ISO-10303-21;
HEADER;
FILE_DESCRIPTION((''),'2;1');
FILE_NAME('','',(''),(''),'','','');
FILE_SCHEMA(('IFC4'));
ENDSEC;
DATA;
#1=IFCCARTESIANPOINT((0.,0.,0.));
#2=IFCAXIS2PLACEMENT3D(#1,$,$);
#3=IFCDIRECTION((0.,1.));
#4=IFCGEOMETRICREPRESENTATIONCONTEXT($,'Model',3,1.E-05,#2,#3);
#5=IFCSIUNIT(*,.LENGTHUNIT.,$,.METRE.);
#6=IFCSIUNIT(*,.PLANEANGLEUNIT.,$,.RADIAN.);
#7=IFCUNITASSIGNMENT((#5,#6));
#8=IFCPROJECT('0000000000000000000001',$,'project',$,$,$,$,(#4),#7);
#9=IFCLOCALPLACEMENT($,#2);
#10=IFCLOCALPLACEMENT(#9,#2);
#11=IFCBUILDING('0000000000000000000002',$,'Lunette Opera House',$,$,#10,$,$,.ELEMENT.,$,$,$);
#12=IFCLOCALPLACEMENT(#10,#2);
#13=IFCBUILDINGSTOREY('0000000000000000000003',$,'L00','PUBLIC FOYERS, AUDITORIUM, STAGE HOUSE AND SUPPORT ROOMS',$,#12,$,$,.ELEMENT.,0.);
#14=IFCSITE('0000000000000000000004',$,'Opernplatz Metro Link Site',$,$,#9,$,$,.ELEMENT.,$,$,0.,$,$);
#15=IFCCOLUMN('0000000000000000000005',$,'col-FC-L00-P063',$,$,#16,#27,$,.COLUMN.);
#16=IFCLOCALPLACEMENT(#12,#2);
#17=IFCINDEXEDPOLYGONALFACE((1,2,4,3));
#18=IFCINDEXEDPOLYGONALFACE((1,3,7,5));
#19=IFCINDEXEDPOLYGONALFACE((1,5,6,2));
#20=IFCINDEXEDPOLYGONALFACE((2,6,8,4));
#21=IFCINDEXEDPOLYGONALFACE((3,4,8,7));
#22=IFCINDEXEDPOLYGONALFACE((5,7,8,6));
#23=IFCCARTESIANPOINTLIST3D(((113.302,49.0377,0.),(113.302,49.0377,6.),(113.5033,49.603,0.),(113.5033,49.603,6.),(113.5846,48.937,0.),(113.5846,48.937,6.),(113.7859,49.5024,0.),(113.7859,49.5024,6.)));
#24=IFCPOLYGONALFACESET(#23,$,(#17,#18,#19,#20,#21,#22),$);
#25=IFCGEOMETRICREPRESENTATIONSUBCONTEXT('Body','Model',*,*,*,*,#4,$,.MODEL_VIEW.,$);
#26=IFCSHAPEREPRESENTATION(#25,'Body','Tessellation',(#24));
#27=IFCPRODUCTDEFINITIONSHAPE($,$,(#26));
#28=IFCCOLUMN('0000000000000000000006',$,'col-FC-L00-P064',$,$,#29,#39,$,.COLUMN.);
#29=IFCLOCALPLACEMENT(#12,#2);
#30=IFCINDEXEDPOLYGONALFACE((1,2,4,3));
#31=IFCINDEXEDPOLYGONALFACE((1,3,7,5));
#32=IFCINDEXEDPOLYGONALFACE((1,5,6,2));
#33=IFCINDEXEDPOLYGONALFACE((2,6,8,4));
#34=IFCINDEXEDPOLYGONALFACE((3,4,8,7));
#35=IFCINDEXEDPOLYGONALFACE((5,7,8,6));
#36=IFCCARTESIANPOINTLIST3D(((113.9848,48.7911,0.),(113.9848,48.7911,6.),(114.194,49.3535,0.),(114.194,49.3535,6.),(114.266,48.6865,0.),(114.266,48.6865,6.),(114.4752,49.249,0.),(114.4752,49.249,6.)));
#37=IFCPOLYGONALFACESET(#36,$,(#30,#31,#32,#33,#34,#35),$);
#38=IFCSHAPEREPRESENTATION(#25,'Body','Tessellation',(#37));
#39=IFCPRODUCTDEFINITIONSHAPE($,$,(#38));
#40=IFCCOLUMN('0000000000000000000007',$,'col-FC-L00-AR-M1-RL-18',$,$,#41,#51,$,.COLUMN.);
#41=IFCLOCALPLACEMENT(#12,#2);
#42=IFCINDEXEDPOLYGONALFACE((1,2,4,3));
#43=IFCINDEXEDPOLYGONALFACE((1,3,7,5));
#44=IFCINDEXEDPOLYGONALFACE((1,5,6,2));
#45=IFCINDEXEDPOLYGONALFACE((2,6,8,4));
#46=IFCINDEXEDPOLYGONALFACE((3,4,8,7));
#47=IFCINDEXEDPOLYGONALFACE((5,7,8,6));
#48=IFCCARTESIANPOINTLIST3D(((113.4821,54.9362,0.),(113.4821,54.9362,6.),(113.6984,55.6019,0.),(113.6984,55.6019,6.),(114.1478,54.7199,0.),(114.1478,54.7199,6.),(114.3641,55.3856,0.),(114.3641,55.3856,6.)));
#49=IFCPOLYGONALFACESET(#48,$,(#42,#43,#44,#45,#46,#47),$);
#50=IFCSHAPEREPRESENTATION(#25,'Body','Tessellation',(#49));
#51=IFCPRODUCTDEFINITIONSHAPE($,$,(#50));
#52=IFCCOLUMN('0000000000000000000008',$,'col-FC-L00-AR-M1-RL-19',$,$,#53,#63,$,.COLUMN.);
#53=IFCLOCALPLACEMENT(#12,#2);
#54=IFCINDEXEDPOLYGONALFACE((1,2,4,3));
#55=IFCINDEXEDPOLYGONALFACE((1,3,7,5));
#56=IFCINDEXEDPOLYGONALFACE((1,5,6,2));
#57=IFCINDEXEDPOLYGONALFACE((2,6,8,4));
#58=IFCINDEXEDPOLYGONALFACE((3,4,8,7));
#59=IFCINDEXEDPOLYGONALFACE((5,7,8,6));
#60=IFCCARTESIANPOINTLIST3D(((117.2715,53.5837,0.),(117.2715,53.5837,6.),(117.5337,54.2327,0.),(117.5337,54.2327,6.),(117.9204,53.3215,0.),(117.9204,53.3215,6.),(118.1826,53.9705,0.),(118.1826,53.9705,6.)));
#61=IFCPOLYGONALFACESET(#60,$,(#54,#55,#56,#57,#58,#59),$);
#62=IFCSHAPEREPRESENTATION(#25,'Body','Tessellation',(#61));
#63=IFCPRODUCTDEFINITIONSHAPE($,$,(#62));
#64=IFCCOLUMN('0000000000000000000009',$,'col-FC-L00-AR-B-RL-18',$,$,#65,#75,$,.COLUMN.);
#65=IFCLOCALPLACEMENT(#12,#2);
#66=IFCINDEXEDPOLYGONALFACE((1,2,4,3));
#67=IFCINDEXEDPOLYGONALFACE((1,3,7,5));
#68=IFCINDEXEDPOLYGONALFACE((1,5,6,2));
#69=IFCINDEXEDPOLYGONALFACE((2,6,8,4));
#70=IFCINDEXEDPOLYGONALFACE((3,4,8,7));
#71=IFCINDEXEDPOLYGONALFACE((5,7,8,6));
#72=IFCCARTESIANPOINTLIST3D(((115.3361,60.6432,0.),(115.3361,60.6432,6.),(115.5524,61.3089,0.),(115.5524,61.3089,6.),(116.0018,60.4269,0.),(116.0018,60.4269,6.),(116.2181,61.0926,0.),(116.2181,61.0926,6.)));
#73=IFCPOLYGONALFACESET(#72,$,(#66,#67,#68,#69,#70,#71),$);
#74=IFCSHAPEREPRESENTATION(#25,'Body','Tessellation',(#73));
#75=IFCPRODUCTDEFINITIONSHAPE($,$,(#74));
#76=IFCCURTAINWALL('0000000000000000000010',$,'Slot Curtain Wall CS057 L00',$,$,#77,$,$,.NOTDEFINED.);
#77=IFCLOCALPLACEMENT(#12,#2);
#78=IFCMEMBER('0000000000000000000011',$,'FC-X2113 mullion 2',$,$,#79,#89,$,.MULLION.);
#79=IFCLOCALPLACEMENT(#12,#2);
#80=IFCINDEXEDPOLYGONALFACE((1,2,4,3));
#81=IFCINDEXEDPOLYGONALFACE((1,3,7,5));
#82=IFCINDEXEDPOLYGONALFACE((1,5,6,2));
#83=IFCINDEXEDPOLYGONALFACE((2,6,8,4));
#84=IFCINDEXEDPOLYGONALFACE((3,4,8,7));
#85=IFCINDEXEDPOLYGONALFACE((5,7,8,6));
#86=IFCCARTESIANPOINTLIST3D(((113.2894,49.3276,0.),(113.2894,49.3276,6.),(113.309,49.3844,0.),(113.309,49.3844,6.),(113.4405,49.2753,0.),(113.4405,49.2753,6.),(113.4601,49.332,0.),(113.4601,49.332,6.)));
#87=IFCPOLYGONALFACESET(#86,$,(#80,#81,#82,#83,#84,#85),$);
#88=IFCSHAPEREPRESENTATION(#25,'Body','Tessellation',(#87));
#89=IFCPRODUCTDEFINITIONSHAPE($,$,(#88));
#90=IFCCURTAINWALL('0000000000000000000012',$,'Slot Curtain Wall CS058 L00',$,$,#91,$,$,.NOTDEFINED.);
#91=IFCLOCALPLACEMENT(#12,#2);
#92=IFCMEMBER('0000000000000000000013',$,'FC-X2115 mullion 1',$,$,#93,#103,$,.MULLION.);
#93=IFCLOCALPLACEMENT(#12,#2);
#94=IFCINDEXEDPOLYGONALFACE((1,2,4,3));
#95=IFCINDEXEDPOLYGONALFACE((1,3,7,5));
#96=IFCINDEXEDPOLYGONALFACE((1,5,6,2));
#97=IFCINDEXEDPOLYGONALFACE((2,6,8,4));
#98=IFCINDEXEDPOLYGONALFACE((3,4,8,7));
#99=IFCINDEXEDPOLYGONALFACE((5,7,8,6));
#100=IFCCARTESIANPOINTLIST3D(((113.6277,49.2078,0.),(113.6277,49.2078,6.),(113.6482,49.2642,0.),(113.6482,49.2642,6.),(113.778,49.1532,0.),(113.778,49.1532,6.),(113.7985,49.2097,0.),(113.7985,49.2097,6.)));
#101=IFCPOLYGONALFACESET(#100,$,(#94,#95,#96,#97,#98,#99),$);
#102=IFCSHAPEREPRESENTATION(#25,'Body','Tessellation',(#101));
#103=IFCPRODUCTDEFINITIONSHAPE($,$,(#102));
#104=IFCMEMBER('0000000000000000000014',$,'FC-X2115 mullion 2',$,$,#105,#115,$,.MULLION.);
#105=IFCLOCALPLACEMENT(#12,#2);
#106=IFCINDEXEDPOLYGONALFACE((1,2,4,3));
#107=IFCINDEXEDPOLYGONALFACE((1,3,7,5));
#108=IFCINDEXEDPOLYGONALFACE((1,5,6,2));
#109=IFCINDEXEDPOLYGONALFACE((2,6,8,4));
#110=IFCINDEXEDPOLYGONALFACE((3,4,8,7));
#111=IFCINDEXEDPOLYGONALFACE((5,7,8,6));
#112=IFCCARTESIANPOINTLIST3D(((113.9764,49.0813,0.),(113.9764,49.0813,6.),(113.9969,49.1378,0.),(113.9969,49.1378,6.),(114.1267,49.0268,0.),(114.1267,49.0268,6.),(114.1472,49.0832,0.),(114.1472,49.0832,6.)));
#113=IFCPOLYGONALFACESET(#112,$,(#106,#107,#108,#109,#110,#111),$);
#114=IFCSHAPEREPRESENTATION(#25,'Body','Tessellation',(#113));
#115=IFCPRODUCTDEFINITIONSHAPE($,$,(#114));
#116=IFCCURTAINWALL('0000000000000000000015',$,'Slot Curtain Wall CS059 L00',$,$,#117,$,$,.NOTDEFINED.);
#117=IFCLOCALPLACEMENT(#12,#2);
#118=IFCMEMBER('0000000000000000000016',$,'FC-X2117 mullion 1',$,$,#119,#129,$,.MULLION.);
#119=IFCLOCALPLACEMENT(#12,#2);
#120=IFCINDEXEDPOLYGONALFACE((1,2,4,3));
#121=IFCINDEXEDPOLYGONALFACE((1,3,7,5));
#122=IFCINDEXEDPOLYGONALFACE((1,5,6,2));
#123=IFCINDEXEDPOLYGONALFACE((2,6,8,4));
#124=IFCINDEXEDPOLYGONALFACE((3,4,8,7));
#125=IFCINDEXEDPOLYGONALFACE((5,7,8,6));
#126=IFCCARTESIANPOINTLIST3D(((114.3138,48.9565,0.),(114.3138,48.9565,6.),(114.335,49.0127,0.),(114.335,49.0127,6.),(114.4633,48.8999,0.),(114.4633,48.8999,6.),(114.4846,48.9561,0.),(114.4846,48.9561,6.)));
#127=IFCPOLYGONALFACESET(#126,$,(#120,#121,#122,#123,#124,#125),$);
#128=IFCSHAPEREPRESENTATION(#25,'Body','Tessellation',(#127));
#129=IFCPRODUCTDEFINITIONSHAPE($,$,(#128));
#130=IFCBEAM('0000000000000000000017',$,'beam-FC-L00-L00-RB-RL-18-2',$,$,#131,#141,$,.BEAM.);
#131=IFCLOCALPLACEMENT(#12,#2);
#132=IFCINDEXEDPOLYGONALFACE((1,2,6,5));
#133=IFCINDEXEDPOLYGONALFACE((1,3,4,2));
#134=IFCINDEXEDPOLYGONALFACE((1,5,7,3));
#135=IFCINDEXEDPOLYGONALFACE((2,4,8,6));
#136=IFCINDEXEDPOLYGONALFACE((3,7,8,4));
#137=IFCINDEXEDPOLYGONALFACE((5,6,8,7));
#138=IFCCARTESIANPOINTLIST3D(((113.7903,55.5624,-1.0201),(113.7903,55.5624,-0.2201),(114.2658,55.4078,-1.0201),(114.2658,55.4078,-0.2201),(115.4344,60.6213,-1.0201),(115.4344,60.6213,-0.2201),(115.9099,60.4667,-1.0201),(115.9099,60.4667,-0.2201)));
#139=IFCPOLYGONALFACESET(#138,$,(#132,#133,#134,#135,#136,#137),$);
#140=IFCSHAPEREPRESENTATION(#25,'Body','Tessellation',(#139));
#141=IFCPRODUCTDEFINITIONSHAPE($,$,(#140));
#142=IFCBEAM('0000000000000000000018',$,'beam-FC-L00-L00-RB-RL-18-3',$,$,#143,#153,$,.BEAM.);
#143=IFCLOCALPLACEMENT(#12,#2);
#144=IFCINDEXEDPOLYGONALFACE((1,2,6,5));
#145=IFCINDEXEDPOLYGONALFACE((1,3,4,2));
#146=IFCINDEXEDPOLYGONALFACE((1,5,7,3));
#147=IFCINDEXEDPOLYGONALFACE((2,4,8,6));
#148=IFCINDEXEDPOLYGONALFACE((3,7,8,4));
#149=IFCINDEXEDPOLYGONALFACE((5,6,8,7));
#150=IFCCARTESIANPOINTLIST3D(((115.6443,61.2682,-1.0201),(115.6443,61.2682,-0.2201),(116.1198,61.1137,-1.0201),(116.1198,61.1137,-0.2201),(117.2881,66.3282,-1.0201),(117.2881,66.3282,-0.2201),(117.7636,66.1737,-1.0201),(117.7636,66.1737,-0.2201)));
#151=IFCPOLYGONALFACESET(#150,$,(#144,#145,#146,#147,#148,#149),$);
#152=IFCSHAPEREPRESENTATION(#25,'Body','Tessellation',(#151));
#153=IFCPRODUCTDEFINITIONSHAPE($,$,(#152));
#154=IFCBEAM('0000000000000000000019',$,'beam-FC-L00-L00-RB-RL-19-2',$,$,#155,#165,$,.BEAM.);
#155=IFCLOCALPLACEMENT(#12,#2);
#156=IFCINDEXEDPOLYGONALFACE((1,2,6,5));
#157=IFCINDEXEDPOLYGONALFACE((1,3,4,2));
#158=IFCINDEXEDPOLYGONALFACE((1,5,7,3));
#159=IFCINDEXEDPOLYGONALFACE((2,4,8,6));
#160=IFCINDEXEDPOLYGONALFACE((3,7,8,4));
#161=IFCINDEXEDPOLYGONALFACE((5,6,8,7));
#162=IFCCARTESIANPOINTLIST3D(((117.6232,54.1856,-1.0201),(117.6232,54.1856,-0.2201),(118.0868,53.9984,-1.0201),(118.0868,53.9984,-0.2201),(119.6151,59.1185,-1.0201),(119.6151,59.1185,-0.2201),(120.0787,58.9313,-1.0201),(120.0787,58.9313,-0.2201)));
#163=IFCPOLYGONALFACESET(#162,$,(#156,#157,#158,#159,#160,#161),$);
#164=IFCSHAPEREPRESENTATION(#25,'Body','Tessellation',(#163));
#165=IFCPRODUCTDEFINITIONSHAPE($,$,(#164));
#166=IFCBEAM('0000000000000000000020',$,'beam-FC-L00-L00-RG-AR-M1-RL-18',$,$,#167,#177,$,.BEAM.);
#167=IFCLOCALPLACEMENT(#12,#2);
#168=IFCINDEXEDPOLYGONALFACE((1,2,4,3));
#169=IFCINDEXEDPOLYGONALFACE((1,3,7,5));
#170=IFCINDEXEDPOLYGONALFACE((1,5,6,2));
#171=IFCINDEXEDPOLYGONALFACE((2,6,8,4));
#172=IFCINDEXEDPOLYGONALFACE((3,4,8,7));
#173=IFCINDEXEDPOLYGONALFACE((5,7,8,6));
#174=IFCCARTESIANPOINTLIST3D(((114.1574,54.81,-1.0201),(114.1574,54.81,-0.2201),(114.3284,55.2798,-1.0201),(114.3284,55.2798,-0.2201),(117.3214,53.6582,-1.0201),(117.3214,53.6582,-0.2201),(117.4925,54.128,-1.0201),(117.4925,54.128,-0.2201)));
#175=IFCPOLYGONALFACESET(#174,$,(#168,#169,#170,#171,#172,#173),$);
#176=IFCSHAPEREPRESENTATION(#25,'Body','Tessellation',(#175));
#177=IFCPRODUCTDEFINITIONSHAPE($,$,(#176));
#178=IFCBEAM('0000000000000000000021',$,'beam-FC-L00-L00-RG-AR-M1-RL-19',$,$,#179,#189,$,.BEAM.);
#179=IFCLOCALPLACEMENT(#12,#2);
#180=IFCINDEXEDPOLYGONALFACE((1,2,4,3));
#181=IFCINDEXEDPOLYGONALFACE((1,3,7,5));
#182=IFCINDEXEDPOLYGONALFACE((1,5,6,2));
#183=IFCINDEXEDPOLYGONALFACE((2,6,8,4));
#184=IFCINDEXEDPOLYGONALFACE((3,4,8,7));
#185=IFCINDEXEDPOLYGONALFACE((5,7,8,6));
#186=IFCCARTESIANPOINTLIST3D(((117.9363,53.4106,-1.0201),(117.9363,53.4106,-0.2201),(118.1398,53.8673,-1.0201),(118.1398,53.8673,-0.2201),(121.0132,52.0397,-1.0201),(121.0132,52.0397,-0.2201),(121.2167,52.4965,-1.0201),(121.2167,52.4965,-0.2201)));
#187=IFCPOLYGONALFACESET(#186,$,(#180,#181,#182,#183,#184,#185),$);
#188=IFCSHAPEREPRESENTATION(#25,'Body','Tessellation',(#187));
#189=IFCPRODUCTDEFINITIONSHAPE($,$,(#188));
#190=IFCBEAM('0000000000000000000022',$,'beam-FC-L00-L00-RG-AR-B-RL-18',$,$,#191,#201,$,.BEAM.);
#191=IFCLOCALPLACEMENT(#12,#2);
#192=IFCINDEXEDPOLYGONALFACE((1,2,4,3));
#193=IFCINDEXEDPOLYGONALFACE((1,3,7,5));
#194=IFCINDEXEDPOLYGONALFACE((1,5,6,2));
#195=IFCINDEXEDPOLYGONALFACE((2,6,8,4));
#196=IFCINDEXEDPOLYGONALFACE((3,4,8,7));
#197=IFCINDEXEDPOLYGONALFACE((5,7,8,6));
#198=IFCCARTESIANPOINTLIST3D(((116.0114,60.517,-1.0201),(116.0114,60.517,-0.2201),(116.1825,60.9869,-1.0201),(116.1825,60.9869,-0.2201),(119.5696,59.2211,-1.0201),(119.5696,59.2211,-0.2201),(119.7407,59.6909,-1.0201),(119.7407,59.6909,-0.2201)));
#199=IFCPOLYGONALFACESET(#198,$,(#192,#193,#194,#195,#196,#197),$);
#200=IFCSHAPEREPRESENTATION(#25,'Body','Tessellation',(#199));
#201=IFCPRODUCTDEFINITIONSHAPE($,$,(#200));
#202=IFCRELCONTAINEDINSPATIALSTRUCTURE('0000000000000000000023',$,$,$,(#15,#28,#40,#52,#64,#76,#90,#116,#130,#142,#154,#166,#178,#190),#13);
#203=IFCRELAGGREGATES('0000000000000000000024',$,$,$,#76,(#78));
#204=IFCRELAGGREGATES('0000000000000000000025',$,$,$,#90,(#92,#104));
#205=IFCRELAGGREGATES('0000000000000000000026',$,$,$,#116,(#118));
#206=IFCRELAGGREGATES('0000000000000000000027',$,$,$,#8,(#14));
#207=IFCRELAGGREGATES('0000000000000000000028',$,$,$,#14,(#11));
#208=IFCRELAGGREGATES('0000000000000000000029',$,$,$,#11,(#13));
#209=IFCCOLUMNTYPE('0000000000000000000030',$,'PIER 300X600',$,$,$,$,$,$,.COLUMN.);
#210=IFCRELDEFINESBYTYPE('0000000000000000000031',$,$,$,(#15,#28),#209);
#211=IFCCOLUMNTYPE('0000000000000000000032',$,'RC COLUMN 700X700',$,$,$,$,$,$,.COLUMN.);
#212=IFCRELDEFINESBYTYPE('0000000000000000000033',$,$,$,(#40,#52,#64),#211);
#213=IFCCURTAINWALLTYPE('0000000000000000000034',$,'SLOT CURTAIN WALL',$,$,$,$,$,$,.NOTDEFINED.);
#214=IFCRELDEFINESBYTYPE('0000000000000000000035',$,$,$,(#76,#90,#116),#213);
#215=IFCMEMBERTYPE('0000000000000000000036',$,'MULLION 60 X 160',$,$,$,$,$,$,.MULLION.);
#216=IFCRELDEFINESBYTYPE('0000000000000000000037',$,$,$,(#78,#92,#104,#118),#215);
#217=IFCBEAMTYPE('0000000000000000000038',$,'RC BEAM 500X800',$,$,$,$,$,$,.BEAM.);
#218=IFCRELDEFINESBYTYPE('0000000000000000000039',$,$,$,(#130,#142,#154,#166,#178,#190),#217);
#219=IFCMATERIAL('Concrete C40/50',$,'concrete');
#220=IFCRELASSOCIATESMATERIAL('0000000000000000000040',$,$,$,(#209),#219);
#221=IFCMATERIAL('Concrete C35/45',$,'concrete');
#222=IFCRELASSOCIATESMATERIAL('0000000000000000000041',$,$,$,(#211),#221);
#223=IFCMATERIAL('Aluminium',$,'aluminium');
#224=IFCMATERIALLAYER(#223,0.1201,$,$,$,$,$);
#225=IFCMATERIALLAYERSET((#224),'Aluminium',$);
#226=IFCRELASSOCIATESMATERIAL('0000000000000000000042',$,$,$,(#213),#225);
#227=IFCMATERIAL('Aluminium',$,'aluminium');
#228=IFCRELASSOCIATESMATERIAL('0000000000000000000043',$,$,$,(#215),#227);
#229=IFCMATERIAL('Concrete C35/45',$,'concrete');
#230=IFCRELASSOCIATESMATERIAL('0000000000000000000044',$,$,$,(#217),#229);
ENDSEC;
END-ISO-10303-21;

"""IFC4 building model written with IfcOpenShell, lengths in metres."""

from ifc_helpers import new_model, si_unit, direction, frame, origin, origin_2d, place, context, subcontext, project, spatial, rectangle, extrude, material, layer, layer_set, material_profile, profile_set, type_object, element, aggregate, save


model = new_model("IFC4")

# Units and contexts
model_context = context("Model", 3, precision=1e-05, world=origin(), true_north=direction((0.0, 1.0)))
body_context = subcontext(model_context, "Body", "Model", "MODEL_VIEW")
ifc_project = project(units=[si_unit("LENGTHUNIT", "METRE"), si_unit("PLANEANGLEUNIT", "RADIAN")], contexts=[model_context])

# Site, building, storey
site_placement = place(None, origin())
site = spatial("IfcSite", under=ifc_project, at=site_placement, Name="Opernplatz Metro Link Site", CompositionType="ELEMENT", RefElevation=0.0)
building_placement = place(site_placement, origin())
building = spatial("IfcBuilding", under=site, at=building_placement, Name="Lunette Opera House", CompositionType="ELEMENT")
storey_placement = place(building_placement, origin())
storey = spatial("IfcBuildingStorey", under=building, at=storey_placement, Name="L00", Description="PUBLIC FOYERS, AUDITORIUM, STAGE HOUSE AND SUPPORT ROOMS", CompositionType="ELEMENT", Elevation=0.0)

# Columns
ifc_material_1 = material(Name="Concrete C40/50", Category="concrete")
ifc_material_profile_1 = material_profile(ifc_material_1, rectangle(XDim=0.3, YDim=0.6001, at=origin_2d()), Name="PIER 300X600")
ifc_profile_set_1 = profile_set([ifc_material_profile_1], Name="Concrete C40/50")
column_type_1 = type_object("IfcColumnType", Name="PIER 300X600", PredefinedType="COLUMN", material=ifc_profile_set_1)
for number, where, z_axis, x_axis, name in (
    (1, (113.5439, 49.27, 0.0), (0.0, 0.0, 1.0), (0.942057, -0.335452, 0.0), "col-FC-L00-P063"),
    (2, (114.23, 49.02, 0.0), (0.0, 0.0, 1.0), (0.937282, -0.348572, 0.0), "col-FC-L00-P064"),
):
    element("IfcColumn", number, at=place(storey_placement, frame(where, z_axis=z_axis, x_axis=x_axis)), inside=storey, type_object=column_type_1, Name=name, PredefinedType="COLUMN", context=body_context, shape_type="SweptSolid", body=[
        extrude(rectangle(XDim=0.3, YDim=0.6001, at=origin_2d()), origin(), (0.0, 0.0, 1.0), 6.0),
    ])
ifc_material_2 = material(Name="Concrete C35/45", Category="concrete")
ifc_material_profile_2 = material_profile(ifc_material_2, rectangle(XDim=0.7, YDim=0.7, at=origin_2d()), Name="RC COLUMN 700X700")
ifc_profile_set_2 = profile_set([ifc_material_profile_2], Name="Concrete C35/45")
column_type_2 = type_object("IfcColumnType", Name="RC COLUMN 700X700", PredefinedType="COLUMN", material=ifc_profile_set_2)
for number, where, z_axis, x_axis, name in (
    (3, (113.9231, 55.1609, 0.0), (0.0, 0.0, 1.0), (0.951057, -0.309017, 0.0), "col-FC-L00-AR-M1-RL-18"),
    (4, (117.7271, 53.7771, 0.0), (0.0, 0.0, 1.0), (0.927184, -0.374607, 0.0), "col-FC-L00-AR-M1-RL-19"),
    (5, (115.7771, 60.8679, 0.0), (0.0, 0.0, 1.0), (0.951057, -0.309017, 0.0), "col-FC-L00-AR-B-RL-18"),
):
    element("IfcColumn", number, at=place(storey_placement, frame(where, z_axis=z_axis, x_axis=x_axis)), inside=storey, type_object=column_type_2, Name=name, PredefinedType="COLUMN", context=body_context, shape_type="SweptSolid", body=[
        extrude(rectangle(XDim=0.7, YDim=0.7, at=origin_2d()), origin(), (0.0, 0.0, 1.0), 6.0),
    ])

# Curtain wall, member
ifc_material_3 = material(Name="Aluminium", Category="aluminium")
ifc_layer_1 = layer(ifc_material_3, 0.1201)
ifc_layer_set_1 = layer_set([ifc_layer_1], Name="Aluminium")
curtain_wall_type = type_object("IfcCurtainWallType", Name="SLOT CURTAIN WALL", PredefinedType="NOTDEFINED", material=ifc_layer_set_1)
curtain_wall_1_placement = place(storey_placement, origin())
curtain_wall_1 = element("IfcCurtainWall", 6, at=curtain_wall_1_placement, inside=storey, type_object=curtain_wall_type, Name="Slot Curtain Wall CS057 L00", PredefinedType="NOTDEFINED")
ifc_material_4 = material(Name="Aluminium", Category="aluminium")
ifc_material_profile_3 = material_profile(ifc_material_4, rectangle(XDim=0.0601, YDim=0.1599, at=origin_2d()), Name="MULLION 60 X 160")
ifc_profile_set_3 = profile_set([ifc_material_profile_3], Name="Aluminium")
member_type_1 = type_object("IfcMemberType", Name="MULLION 60 X 160", PredefinedType="MULLION", material=ifc_profile_set_3)
member_1_placement = place(storey_placement, frame((113.3748, 49.3298, 0.0), z_axis=(0.0, 0.0, 1.0), x_axis=(0.32735, 0.944903, 0.0)))
member_1 = element("IfcMember", 7, at=member_1_placement, type_object=member_type_1, Name="FC-X2113 mullion 2", PredefinedType="MULLION", context=body_context, shape_type="SweptSolid", body=[
    extrude(rectangle(XDim=0.0601, YDim=0.1599, at=origin_2d()), origin(), (0.0, 0.0, 1.0), 6.0),
])

# Curtain wall, members
curtain_wall_2_placement = place(storey_placement, origin())
curtain_wall_2 = element("IfcCurtainWall", 8, at=curtain_wall_2_placement, inside=storey, type_object=curtain_wall_type, Name="Slot Curtain Wall CS058 L00", PredefinedType="NOTDEFINED")
member_2_placement = place(storey_placement, frame((113.7131, 49.2087, 0.0), z_axis=(0.0, 0.0, 1.0), x_axis=(0.341184, 0.939997, 0.0)))
member_2 = element("IfcMember", 9, at=member_2_placement, type_object=member_type_1, Name="FC-X2115 mullion 1", PredefinedType="MULLION", context=body_context, shape_type="SweptSolid", body=[
    extrude(rectangle(XDim=0.0601, YDim=0.1599, at=origin_2d()), origin(), (0.0, 0.0, 1.0), 6.0),
])
member_3_placement = place(storey_placement, frame((114.0618, 49.0823, 0.0), z_axis=(0.0, 0.0, 1.0), x_axis=(0.341184, 0.939997, 0.0)))
member_3 = element("IfcMember", 10, at=member_3_placement, type_object=member_type_1, Name="FC-X2115 mullion 2", PredefinedType="MULLION", context=body_context, shape_type="SweptSolid", body=[
    extrude(rectangle(XDim=0.0601, YDim=0.1599, at=origin_2d()), origin(), (0.0, 0.0, 1.0), 6.0),
])

# Curtain wall, member
curtain_wall_3_placement = place(storey_placement, origin())
curtain_wall_3 = element("IfcCurtainWall", 11, at=curtain_wall_3_placement, inside=storey, type_object=curtain_wall_type, Name="Slot Curtain Wall CS059 L00", PredefinedType="NOTDEFINED")
member_4_placement = place(storey_placement, frame((114.3992, 48.9563, 0.0), z_axis=(0.0, 0.0, 1.0), x_axis=(0.353672, 0.935369, 0.0)))
member_4 = element("IfcMember", 12, at=member_4_placement, type_object=member_type_1, Name="FC-X2117 mullion 1", PredefinedType="MULLION", context=body_context, shape_type="SweptSolid", body=[
    extrude(rectangle(XDim=0.0601, YDim=0.1599, at=origin_2d()), origin(), (0.0, 0.0, 1.0), 6.0),
])

# Beams
ifc_material_5 = material(Name="Concrete C35/45", Category="concrete")
ifc_material_profile_4 = material_profile(ifc_material_5, rectangle(XDim=0.5, YDim=0.8, at=origin_2d()), Name="RC BEAM 500X800")
ifc_profile_set_4 = profile_set([ifc_material_profile_4], Name="Concrete C35/45")
beam_type = type_object("IfcBeamType", Name="RC BEAM 500X800", PredefinedType="BEAM", material=ifc_profile_set_4)
beam_1_placement = place(storey_placement, frame((114.0281, 55.4851, -0.6201), z_axis=(0.309073, 0.951038, 0.0), x_axis=(-0.951038, 0.309073, 0.0)))
element("IfcBeam", 13, at=beam_1_placement, inside=storey, type_object=beam_type, Name="beam-FC-L00-L00-RB-RL-18-2", PredefinedType="BEAM", context=body_context, shape_type="SweptSolid", body=[
    extrude(rectangle(XDim=0.5, YDim=0.8, at=origin_2d()), origin(), (0.0, 0.0, 1.0), 5.3193),
])
beam_2_placement = place(storey_placement, frame((115.8821, 61.1909, -0.6201), z_axis=(0.308964, 0.951074, 0.0), x_axis=(-0.951074, 0.308964, 0.0)))
element("IfcBeam", 14, at=beam_2_placement, inside=storey, type_object=beam_type, Name="beam-FC-L00-L00-RB-RL-18-3", PredefinedType="BEAM", context=body_context, shape_type="SweptSolid", body=[
    extrude(rectangle(XDim=0.5, YDim=0.8, at=origin_2d()), origin(), (0.0, 0.0, 1.0), 5.3203),
])
beam_3_placement = place(storey_placement, frame((117.855, 54.092, -0.6201), z_axis=(0.374435, 0.927253, 0.0), x_axis=(-0.927253, 0.374435, 0.0)))
element("IfcBeam", 15, at=beam_3_placement, inside=storey, type_object=beam_type, Name="beam-FC-L00-L00-RB-RL-19-2", PredefinedType="BEAM", context=body_context, shape_type="SweptSolid", body=[
    extrude(rectangle(XDim=0.5, YDim=0.8, at=origin_2d()), origin(), (0.0, 0.0, 1.0), 5.3198),
])
beam_4_placement = place(storey_placement, frame((114.2429, 55.0449, -0.6201), z_axis=(0.939671, -0.342081, 0.0), x_axis=(0.342081, 0.939671, 0.0)))
element("IfcBeam", 16, at=beam_4_placement, inside=storey, type_object=beam_type, Name="beam-FC-L00-L00-RG-AR-M1-RL-18", PredefinedType="BEAM", context=body_context, shape_type="SweptSolid", body=[
    extrude(rectangle(XDim=0.5, YDim=0.8, at=origin_2d()), origin(), (0.0, 0.0, 1.0), 3.3672),
])
beam_5_placement = place(storey_placement, frame((118.0381, 53.6389, -0.6201), z_axis=(0.913444, -0.406965, 0.0), x_axis=(0.406965, 0.913444, 0.0)))
element("IfcBeam", 17, at=beam_5_placement, inside=storey, type_object=beam_type, Name="beam-FC-L00-L00-RG-AR-M1-RL-19", PredefinedType="BEAM", context=body_context, shape_type="SweptSolid", body=[
    extrude(rectangle(XDim=0.5, YDim=0.8, at=origin_2d()), origin(), (0.0, 0.0, 1.0), 3.3684),
])
beam_6_placement = place(storey_placement, frame((116.0969, 60.752, -0.6201), z_axis=(0.93962, -0.342219, 0.0), x_axis=(0.342219, 0.93962, 0.0)))
element("IfcBeam", 18, at=beam_6_placement, inside=storey, type_object=beam_type, Name="beam-FC-L00-L00-RG-AR-B-RL-18", PredefinedType="BEAM", context=body_context, shape_type="SweptSolid", body=[
    extrude(rectangle(XDim=0.5, YDim=0.8, at=origin_2d()), origin(), (0.0, 0.0, 1.0), 3.7869),
])

aggregate(curtain_wall_1, [member_1])
aggregate(curtain_wall_2, [member_2, member_3])
aggregate(curtain_wall_3, [member_4])

save(model, "model.ifc")
